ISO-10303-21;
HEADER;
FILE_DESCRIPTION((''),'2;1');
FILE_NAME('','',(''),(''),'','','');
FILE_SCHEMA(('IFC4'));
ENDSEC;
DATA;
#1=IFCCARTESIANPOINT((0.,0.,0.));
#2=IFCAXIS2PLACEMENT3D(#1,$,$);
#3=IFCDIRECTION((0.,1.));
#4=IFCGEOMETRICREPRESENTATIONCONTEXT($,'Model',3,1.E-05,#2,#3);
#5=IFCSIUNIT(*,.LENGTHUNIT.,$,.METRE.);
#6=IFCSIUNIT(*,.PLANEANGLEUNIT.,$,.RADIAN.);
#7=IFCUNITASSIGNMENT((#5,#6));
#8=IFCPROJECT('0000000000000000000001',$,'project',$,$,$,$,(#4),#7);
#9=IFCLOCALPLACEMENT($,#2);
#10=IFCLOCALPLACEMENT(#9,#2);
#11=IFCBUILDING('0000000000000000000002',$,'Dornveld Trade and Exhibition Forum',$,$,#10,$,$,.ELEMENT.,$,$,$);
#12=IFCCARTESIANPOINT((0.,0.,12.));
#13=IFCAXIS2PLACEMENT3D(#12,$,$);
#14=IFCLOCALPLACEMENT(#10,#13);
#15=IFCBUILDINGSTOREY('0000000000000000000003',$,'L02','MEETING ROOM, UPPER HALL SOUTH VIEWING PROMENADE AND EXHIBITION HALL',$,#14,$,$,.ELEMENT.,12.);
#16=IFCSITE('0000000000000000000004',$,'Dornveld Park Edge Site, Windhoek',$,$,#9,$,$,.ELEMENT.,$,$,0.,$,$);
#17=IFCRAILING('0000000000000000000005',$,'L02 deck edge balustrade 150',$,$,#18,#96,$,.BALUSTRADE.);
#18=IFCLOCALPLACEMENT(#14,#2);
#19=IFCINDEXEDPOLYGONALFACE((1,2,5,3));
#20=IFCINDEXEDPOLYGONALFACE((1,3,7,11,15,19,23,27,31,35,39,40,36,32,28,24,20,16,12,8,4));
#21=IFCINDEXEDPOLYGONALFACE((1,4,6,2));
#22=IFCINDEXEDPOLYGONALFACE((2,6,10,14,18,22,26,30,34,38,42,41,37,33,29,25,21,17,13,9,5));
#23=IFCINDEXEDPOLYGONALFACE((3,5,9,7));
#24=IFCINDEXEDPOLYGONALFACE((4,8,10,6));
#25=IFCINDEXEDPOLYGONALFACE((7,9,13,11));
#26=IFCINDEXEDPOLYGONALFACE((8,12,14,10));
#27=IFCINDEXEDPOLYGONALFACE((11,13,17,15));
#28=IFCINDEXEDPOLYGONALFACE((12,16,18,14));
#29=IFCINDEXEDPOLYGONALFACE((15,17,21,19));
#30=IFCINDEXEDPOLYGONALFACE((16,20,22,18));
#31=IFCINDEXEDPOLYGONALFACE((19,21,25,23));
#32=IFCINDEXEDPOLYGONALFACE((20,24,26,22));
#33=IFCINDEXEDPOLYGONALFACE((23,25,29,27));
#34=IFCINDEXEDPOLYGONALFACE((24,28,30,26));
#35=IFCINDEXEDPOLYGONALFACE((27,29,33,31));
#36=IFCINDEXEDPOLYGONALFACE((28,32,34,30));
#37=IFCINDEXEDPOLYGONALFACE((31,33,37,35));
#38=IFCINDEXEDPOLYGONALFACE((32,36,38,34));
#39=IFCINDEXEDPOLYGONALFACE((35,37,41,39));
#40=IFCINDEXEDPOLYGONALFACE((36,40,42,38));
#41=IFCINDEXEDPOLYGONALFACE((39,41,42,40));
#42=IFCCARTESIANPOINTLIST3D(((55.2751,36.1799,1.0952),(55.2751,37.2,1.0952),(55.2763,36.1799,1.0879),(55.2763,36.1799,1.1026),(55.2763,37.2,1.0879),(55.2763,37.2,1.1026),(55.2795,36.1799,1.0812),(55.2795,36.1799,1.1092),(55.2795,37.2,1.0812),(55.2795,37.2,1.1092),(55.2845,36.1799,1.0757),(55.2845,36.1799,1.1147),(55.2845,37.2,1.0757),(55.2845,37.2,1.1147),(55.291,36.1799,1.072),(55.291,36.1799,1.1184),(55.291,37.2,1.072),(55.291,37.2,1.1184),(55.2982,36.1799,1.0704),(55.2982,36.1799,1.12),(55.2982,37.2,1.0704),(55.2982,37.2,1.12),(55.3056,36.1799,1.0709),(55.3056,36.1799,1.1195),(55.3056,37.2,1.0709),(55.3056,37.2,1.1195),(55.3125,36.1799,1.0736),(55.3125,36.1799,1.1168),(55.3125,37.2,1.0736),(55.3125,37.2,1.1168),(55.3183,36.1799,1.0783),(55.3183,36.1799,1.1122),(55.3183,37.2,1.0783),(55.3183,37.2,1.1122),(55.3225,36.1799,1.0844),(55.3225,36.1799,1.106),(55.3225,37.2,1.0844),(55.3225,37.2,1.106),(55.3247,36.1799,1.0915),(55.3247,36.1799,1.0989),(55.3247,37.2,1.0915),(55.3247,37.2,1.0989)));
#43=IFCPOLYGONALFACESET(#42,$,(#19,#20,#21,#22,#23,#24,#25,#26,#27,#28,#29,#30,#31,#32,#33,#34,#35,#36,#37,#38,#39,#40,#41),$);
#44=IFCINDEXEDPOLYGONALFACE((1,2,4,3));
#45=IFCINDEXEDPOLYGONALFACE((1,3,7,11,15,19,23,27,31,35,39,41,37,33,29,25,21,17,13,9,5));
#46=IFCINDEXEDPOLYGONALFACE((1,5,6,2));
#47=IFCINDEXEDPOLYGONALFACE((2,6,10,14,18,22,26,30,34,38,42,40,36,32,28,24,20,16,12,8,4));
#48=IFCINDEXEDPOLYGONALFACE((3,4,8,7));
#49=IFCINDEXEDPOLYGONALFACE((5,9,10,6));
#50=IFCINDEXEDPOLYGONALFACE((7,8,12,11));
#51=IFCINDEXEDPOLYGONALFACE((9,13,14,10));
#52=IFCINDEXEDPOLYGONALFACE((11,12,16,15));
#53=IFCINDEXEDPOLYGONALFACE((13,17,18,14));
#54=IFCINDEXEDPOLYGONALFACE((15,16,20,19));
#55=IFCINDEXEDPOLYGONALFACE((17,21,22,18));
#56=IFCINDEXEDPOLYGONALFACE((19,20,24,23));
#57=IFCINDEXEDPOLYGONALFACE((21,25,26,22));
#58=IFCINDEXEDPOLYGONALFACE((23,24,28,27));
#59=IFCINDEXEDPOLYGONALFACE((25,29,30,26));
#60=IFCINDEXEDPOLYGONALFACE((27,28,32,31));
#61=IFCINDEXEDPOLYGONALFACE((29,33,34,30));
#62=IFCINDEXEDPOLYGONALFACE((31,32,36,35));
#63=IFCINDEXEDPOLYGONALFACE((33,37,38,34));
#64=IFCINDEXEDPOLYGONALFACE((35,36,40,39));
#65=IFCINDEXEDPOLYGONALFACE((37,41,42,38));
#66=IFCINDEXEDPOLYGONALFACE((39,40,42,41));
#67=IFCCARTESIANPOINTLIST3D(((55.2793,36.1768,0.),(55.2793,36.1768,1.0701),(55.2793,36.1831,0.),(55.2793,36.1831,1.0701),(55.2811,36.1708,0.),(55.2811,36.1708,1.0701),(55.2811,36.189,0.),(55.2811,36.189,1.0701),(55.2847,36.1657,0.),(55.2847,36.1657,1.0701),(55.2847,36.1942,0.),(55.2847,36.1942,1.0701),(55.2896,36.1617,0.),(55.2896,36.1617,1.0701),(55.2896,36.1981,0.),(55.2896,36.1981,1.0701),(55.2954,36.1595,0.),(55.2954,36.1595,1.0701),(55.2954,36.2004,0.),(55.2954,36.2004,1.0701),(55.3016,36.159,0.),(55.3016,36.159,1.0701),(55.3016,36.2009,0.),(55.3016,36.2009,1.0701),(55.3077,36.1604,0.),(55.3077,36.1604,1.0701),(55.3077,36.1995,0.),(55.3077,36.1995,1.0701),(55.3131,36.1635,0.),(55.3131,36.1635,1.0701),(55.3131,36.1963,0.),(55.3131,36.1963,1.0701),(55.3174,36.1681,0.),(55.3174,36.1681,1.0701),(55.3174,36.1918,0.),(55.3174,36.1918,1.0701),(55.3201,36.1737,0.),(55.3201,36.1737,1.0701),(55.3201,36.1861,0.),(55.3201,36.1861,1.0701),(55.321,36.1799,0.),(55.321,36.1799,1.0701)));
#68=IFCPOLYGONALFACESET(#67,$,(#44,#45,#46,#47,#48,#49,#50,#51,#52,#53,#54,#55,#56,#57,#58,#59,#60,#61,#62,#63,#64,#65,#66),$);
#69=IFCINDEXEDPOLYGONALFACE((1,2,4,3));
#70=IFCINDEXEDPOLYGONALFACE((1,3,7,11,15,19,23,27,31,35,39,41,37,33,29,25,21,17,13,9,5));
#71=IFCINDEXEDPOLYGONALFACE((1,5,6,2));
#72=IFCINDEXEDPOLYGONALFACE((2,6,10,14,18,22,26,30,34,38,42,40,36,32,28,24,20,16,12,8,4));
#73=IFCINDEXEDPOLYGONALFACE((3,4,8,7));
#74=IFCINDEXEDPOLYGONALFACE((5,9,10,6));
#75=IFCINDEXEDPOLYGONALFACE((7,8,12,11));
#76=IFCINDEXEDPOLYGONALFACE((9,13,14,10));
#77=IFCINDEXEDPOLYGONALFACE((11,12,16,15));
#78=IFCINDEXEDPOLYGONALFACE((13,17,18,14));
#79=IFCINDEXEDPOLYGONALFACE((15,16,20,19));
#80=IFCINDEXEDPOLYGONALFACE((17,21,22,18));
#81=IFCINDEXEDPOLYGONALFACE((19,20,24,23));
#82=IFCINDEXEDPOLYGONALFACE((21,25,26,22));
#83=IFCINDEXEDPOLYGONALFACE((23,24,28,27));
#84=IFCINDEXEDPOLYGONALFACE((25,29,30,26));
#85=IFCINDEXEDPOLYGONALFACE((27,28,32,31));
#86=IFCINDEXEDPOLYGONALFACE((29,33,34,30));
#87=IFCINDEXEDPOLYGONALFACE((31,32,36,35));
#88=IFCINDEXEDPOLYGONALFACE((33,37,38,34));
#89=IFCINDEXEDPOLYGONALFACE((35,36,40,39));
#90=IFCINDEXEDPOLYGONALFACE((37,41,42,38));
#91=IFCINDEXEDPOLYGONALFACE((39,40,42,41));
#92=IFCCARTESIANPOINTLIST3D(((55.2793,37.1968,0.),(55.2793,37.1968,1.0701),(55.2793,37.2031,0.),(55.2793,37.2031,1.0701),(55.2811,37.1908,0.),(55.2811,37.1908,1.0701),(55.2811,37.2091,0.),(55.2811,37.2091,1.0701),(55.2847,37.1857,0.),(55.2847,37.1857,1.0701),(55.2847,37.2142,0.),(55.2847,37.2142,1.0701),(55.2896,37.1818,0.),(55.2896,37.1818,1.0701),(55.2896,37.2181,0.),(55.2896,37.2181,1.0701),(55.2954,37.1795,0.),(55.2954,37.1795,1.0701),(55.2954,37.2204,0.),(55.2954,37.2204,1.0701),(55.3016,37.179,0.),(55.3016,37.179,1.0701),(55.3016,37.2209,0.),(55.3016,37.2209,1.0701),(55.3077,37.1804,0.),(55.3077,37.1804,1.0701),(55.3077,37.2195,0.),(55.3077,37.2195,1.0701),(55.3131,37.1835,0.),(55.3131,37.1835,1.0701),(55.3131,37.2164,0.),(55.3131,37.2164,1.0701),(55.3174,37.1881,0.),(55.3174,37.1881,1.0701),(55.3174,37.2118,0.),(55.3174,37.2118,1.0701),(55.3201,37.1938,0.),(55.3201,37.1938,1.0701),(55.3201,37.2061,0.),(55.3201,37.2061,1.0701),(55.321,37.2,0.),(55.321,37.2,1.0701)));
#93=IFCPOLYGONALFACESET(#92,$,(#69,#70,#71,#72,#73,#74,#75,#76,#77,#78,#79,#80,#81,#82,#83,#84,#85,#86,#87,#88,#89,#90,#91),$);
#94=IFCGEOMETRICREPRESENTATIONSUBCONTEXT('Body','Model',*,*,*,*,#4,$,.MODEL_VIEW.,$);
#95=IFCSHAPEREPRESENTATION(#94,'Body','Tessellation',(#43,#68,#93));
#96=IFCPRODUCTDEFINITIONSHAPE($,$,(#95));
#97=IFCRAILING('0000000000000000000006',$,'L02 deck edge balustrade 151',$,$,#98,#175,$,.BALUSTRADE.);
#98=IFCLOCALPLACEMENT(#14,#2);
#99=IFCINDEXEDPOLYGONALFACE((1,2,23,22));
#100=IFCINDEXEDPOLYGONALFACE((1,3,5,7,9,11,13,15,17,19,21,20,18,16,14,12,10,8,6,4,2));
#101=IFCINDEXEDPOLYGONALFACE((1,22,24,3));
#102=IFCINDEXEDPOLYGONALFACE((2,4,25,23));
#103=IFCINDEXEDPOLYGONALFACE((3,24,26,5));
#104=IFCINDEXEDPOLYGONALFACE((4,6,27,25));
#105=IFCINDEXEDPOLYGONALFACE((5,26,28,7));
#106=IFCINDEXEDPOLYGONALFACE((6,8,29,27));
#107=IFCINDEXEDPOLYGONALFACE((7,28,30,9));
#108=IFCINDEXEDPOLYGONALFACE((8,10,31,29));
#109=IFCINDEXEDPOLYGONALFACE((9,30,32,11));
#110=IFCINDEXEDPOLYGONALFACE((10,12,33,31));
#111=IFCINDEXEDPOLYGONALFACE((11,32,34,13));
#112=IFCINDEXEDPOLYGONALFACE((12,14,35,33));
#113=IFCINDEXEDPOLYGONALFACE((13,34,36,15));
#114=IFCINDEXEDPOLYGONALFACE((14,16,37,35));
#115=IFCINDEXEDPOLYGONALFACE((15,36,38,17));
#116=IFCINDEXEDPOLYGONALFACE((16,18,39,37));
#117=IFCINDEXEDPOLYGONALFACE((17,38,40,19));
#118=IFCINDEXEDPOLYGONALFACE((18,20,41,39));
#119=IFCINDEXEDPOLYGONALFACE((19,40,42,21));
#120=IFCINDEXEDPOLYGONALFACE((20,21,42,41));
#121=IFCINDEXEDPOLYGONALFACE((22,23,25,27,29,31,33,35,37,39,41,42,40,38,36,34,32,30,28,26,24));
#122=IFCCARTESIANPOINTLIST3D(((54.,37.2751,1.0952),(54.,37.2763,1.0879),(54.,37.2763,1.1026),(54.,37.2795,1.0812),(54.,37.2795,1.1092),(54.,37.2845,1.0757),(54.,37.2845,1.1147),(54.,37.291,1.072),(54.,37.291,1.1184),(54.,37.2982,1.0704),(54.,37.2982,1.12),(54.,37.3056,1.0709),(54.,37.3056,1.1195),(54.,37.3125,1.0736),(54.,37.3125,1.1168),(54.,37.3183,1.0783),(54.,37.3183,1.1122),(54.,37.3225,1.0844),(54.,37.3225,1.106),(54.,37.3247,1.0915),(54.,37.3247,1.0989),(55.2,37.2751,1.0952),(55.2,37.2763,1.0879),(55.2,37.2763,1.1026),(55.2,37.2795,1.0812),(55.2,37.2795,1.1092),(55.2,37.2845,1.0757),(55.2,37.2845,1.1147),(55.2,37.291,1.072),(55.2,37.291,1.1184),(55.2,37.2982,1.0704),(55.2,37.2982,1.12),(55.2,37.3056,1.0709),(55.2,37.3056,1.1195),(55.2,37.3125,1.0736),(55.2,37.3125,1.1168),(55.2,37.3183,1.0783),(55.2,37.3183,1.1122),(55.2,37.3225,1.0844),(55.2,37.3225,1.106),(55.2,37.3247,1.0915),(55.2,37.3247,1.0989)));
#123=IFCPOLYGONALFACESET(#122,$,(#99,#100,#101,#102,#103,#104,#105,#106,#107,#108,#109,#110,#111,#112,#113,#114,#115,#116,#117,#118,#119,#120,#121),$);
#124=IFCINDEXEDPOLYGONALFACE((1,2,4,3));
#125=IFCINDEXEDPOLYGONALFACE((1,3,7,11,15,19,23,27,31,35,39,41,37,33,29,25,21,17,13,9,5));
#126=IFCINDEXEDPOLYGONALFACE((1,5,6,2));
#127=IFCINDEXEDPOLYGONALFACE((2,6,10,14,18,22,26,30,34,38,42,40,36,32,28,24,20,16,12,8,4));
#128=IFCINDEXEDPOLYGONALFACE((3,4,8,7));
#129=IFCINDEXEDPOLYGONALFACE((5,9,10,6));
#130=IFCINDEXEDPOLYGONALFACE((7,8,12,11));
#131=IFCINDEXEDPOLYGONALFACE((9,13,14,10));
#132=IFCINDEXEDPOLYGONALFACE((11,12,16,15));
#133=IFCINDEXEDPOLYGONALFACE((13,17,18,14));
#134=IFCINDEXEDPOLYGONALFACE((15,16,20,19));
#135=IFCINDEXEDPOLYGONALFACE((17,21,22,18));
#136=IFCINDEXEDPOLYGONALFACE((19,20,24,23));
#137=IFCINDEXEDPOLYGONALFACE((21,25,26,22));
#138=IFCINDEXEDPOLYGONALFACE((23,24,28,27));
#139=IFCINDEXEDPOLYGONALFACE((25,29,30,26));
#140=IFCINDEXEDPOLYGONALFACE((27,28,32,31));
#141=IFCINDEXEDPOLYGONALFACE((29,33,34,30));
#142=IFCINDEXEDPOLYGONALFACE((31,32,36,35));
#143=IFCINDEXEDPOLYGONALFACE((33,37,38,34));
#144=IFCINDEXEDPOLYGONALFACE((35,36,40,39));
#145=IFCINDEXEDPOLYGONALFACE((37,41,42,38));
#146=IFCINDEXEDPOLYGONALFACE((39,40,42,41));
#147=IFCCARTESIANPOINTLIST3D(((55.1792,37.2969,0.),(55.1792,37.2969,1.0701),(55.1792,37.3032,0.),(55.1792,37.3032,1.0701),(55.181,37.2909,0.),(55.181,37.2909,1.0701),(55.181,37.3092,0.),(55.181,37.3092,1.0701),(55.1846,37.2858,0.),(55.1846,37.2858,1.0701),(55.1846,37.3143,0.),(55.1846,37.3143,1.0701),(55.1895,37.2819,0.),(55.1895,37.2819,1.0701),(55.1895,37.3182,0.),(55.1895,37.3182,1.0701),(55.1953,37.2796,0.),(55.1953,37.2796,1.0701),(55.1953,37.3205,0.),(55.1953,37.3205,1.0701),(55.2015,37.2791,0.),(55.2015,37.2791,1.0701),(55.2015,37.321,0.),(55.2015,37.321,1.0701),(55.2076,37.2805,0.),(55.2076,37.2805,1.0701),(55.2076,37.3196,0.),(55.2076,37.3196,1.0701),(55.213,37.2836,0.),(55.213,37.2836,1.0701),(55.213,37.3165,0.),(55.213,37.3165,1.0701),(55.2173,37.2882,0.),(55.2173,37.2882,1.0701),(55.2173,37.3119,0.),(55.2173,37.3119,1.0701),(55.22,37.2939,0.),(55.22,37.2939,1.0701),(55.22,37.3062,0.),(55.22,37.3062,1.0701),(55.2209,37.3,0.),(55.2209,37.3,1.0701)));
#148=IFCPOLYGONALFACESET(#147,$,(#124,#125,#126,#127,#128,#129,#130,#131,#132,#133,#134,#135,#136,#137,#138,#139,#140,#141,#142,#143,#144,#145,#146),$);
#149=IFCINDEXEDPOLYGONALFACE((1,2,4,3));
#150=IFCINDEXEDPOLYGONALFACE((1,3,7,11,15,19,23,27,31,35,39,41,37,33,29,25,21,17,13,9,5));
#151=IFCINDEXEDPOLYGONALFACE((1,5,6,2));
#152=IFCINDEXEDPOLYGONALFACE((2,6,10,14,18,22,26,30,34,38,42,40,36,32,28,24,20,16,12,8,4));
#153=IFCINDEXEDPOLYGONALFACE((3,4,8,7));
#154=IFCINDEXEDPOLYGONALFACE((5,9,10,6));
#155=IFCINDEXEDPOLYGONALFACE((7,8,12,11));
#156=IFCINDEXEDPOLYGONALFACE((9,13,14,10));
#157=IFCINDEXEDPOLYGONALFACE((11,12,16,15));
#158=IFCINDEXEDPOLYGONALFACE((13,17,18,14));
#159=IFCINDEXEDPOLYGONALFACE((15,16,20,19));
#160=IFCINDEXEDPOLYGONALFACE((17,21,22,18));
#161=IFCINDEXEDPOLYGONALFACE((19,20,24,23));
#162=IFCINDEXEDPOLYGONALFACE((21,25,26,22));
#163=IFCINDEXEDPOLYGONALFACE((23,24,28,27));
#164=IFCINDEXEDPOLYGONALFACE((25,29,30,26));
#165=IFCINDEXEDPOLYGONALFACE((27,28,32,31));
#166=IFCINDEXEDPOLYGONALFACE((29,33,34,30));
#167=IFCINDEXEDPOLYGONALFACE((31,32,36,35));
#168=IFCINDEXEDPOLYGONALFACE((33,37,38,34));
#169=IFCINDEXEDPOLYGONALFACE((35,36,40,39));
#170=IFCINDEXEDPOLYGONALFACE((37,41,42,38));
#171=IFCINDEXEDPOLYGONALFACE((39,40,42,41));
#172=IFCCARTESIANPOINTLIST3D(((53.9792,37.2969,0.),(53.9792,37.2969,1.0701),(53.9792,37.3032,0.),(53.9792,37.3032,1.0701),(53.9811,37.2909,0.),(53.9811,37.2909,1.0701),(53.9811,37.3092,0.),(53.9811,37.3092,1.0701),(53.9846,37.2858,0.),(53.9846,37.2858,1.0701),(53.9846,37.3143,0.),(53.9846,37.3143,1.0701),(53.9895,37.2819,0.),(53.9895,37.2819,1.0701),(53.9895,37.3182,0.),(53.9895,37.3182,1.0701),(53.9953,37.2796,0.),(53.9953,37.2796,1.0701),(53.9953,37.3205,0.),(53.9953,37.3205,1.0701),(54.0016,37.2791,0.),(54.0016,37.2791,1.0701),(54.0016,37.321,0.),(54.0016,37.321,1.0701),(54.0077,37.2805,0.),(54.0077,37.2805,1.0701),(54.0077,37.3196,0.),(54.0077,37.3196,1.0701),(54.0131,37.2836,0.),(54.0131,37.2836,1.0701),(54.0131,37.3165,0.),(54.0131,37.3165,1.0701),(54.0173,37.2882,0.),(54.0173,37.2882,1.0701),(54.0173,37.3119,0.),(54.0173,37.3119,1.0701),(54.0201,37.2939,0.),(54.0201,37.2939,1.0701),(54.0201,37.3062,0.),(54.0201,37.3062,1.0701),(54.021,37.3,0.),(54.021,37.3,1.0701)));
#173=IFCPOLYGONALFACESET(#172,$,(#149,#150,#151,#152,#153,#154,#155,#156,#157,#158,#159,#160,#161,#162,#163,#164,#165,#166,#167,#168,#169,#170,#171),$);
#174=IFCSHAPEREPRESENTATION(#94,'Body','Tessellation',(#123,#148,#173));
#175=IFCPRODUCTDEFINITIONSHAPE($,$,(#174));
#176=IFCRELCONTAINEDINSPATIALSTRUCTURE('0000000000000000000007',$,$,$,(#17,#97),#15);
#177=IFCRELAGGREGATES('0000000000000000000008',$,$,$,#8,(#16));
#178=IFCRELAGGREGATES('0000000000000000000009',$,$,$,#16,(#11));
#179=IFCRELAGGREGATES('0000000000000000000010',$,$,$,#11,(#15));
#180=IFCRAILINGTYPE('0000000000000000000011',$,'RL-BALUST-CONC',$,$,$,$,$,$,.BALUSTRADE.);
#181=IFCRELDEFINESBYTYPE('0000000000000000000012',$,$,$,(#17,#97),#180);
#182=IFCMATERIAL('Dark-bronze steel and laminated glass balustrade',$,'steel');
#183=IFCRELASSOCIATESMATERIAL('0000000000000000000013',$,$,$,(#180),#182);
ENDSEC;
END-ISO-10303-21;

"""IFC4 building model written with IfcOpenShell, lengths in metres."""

from ifc_helpers import new_model, si_unit, direction, frame, origin, origin_2d, place, context, subcontext, project, spatial, circle, extrude, material, type_object, element, save


model = new_model("IFC4")

# Units and contexts
model_context = context("Model", 3, precision=1e-05, world=origin(), true_north=direction((0.0, 1.0)))
body_context = subcontext(model_context, "Body", "Model", "MODEL_VIEW")
ifc_project = project(units=[si_unit("LENGTHUNIT", "METRE"), si_unit("PLANEANGLEUNIT", "RADIAN")], contexts=[model_context])

# Site, building, storey
site_placement = place(None, origin())
site = spatial("IfcSite", under=ifc_project, at=site_placement, Name="Dornveld Park Edge Site, Windhoek", CompositionType="ELEMENT", RefElevation=0.0)
building_placement = place(site_placement, origin())
building = spatial("IfcBuilding", under=site, at=building_placement, Name="Dornveld Trade and Exhibition Forum", CompositionType="ELEMENT")
storey_placement = place(building_placement, frame((0.0, 0.0, 12.0)))
storey = spatial("IfcBuildingStorey", under=building, at=storey_placement, Name="L02", Description="MEETING ROOM, UPPER HALL SOUTH VIEWING PROMENADE AND EXHIBITION HALL", CompositionType="ELEMENT", Elevation=12.0)

# Railings
ifc_material_1 = material(Name="Dark-bronze steel and laminated glass balustrade", Category="steel")
railing_type = type_object("IfcRailingType", Name="RL-BALUST-CONC", PredefinedType="BALUSTRADE", material=ifc_material_1)
railing_1_placement = place(storey_placement, frame((55.3, 36.1799, 0.0)))
element("IfcRailing", 1, at=railing_1_placement, inside=storey, type_object=railing_type, Name="L02 deck edge balustrade 150", PredefinedType="BALUSTRADE", context=body_context, shape_type="SweptSolid", body=[
    extrude(circle(Radius=0.0249, at=origin_2d()), frame((0.0, 0.0, 1.0952), z_axis=(0.0, 1.0, 0.0), x_axis=(-1.0, 0.0, 0.0)), (0.0, 0.0, 1.0), 1.02),
    extrude(circle(Radius=0.021, at=origin_2d()), origin(), (0.0, 0.0, 1.0), 1.0701),
    extrude(circle(Radius=0.021, at=origin_2d()), frame((0.0, 1.02, 0.0)), (0.0, 0.0, 1.0), 1.0701),
])
railing_2_placement = place(storey_placement, frame((55.2, 37.3, 0.0)))
element("IfcRailing", 2, at=railing_2_placement, inside=storey, type_object=railing_type, Name="L02 deck edge balustrade 151", PredefinedType="BALUSTRADE", context=body_context, shape_type="SweptSolid", body=[
    extrude(circle(Radius=0.0249, at=origin_2d()), frame((0.0, 0.0, 1.0952), z_axis=(-1.0, 0.0, 0.0), x_axis=(0.0, -1.0, 0.0)), (0.0, 0.0, 1.0), 1.2),
    extrude(circle(Radius=0.021, at=origin_2d()), origin(), (0.0, 0.0, 1.0), 1.0701),
    extrude(circle(Radius=0.021, at=origin_2d()), frame((-1.2, 0.0, 0.0)), (0.0, 0.0, 1.0), 1.0701),
])

save(model, "model.ifc")
